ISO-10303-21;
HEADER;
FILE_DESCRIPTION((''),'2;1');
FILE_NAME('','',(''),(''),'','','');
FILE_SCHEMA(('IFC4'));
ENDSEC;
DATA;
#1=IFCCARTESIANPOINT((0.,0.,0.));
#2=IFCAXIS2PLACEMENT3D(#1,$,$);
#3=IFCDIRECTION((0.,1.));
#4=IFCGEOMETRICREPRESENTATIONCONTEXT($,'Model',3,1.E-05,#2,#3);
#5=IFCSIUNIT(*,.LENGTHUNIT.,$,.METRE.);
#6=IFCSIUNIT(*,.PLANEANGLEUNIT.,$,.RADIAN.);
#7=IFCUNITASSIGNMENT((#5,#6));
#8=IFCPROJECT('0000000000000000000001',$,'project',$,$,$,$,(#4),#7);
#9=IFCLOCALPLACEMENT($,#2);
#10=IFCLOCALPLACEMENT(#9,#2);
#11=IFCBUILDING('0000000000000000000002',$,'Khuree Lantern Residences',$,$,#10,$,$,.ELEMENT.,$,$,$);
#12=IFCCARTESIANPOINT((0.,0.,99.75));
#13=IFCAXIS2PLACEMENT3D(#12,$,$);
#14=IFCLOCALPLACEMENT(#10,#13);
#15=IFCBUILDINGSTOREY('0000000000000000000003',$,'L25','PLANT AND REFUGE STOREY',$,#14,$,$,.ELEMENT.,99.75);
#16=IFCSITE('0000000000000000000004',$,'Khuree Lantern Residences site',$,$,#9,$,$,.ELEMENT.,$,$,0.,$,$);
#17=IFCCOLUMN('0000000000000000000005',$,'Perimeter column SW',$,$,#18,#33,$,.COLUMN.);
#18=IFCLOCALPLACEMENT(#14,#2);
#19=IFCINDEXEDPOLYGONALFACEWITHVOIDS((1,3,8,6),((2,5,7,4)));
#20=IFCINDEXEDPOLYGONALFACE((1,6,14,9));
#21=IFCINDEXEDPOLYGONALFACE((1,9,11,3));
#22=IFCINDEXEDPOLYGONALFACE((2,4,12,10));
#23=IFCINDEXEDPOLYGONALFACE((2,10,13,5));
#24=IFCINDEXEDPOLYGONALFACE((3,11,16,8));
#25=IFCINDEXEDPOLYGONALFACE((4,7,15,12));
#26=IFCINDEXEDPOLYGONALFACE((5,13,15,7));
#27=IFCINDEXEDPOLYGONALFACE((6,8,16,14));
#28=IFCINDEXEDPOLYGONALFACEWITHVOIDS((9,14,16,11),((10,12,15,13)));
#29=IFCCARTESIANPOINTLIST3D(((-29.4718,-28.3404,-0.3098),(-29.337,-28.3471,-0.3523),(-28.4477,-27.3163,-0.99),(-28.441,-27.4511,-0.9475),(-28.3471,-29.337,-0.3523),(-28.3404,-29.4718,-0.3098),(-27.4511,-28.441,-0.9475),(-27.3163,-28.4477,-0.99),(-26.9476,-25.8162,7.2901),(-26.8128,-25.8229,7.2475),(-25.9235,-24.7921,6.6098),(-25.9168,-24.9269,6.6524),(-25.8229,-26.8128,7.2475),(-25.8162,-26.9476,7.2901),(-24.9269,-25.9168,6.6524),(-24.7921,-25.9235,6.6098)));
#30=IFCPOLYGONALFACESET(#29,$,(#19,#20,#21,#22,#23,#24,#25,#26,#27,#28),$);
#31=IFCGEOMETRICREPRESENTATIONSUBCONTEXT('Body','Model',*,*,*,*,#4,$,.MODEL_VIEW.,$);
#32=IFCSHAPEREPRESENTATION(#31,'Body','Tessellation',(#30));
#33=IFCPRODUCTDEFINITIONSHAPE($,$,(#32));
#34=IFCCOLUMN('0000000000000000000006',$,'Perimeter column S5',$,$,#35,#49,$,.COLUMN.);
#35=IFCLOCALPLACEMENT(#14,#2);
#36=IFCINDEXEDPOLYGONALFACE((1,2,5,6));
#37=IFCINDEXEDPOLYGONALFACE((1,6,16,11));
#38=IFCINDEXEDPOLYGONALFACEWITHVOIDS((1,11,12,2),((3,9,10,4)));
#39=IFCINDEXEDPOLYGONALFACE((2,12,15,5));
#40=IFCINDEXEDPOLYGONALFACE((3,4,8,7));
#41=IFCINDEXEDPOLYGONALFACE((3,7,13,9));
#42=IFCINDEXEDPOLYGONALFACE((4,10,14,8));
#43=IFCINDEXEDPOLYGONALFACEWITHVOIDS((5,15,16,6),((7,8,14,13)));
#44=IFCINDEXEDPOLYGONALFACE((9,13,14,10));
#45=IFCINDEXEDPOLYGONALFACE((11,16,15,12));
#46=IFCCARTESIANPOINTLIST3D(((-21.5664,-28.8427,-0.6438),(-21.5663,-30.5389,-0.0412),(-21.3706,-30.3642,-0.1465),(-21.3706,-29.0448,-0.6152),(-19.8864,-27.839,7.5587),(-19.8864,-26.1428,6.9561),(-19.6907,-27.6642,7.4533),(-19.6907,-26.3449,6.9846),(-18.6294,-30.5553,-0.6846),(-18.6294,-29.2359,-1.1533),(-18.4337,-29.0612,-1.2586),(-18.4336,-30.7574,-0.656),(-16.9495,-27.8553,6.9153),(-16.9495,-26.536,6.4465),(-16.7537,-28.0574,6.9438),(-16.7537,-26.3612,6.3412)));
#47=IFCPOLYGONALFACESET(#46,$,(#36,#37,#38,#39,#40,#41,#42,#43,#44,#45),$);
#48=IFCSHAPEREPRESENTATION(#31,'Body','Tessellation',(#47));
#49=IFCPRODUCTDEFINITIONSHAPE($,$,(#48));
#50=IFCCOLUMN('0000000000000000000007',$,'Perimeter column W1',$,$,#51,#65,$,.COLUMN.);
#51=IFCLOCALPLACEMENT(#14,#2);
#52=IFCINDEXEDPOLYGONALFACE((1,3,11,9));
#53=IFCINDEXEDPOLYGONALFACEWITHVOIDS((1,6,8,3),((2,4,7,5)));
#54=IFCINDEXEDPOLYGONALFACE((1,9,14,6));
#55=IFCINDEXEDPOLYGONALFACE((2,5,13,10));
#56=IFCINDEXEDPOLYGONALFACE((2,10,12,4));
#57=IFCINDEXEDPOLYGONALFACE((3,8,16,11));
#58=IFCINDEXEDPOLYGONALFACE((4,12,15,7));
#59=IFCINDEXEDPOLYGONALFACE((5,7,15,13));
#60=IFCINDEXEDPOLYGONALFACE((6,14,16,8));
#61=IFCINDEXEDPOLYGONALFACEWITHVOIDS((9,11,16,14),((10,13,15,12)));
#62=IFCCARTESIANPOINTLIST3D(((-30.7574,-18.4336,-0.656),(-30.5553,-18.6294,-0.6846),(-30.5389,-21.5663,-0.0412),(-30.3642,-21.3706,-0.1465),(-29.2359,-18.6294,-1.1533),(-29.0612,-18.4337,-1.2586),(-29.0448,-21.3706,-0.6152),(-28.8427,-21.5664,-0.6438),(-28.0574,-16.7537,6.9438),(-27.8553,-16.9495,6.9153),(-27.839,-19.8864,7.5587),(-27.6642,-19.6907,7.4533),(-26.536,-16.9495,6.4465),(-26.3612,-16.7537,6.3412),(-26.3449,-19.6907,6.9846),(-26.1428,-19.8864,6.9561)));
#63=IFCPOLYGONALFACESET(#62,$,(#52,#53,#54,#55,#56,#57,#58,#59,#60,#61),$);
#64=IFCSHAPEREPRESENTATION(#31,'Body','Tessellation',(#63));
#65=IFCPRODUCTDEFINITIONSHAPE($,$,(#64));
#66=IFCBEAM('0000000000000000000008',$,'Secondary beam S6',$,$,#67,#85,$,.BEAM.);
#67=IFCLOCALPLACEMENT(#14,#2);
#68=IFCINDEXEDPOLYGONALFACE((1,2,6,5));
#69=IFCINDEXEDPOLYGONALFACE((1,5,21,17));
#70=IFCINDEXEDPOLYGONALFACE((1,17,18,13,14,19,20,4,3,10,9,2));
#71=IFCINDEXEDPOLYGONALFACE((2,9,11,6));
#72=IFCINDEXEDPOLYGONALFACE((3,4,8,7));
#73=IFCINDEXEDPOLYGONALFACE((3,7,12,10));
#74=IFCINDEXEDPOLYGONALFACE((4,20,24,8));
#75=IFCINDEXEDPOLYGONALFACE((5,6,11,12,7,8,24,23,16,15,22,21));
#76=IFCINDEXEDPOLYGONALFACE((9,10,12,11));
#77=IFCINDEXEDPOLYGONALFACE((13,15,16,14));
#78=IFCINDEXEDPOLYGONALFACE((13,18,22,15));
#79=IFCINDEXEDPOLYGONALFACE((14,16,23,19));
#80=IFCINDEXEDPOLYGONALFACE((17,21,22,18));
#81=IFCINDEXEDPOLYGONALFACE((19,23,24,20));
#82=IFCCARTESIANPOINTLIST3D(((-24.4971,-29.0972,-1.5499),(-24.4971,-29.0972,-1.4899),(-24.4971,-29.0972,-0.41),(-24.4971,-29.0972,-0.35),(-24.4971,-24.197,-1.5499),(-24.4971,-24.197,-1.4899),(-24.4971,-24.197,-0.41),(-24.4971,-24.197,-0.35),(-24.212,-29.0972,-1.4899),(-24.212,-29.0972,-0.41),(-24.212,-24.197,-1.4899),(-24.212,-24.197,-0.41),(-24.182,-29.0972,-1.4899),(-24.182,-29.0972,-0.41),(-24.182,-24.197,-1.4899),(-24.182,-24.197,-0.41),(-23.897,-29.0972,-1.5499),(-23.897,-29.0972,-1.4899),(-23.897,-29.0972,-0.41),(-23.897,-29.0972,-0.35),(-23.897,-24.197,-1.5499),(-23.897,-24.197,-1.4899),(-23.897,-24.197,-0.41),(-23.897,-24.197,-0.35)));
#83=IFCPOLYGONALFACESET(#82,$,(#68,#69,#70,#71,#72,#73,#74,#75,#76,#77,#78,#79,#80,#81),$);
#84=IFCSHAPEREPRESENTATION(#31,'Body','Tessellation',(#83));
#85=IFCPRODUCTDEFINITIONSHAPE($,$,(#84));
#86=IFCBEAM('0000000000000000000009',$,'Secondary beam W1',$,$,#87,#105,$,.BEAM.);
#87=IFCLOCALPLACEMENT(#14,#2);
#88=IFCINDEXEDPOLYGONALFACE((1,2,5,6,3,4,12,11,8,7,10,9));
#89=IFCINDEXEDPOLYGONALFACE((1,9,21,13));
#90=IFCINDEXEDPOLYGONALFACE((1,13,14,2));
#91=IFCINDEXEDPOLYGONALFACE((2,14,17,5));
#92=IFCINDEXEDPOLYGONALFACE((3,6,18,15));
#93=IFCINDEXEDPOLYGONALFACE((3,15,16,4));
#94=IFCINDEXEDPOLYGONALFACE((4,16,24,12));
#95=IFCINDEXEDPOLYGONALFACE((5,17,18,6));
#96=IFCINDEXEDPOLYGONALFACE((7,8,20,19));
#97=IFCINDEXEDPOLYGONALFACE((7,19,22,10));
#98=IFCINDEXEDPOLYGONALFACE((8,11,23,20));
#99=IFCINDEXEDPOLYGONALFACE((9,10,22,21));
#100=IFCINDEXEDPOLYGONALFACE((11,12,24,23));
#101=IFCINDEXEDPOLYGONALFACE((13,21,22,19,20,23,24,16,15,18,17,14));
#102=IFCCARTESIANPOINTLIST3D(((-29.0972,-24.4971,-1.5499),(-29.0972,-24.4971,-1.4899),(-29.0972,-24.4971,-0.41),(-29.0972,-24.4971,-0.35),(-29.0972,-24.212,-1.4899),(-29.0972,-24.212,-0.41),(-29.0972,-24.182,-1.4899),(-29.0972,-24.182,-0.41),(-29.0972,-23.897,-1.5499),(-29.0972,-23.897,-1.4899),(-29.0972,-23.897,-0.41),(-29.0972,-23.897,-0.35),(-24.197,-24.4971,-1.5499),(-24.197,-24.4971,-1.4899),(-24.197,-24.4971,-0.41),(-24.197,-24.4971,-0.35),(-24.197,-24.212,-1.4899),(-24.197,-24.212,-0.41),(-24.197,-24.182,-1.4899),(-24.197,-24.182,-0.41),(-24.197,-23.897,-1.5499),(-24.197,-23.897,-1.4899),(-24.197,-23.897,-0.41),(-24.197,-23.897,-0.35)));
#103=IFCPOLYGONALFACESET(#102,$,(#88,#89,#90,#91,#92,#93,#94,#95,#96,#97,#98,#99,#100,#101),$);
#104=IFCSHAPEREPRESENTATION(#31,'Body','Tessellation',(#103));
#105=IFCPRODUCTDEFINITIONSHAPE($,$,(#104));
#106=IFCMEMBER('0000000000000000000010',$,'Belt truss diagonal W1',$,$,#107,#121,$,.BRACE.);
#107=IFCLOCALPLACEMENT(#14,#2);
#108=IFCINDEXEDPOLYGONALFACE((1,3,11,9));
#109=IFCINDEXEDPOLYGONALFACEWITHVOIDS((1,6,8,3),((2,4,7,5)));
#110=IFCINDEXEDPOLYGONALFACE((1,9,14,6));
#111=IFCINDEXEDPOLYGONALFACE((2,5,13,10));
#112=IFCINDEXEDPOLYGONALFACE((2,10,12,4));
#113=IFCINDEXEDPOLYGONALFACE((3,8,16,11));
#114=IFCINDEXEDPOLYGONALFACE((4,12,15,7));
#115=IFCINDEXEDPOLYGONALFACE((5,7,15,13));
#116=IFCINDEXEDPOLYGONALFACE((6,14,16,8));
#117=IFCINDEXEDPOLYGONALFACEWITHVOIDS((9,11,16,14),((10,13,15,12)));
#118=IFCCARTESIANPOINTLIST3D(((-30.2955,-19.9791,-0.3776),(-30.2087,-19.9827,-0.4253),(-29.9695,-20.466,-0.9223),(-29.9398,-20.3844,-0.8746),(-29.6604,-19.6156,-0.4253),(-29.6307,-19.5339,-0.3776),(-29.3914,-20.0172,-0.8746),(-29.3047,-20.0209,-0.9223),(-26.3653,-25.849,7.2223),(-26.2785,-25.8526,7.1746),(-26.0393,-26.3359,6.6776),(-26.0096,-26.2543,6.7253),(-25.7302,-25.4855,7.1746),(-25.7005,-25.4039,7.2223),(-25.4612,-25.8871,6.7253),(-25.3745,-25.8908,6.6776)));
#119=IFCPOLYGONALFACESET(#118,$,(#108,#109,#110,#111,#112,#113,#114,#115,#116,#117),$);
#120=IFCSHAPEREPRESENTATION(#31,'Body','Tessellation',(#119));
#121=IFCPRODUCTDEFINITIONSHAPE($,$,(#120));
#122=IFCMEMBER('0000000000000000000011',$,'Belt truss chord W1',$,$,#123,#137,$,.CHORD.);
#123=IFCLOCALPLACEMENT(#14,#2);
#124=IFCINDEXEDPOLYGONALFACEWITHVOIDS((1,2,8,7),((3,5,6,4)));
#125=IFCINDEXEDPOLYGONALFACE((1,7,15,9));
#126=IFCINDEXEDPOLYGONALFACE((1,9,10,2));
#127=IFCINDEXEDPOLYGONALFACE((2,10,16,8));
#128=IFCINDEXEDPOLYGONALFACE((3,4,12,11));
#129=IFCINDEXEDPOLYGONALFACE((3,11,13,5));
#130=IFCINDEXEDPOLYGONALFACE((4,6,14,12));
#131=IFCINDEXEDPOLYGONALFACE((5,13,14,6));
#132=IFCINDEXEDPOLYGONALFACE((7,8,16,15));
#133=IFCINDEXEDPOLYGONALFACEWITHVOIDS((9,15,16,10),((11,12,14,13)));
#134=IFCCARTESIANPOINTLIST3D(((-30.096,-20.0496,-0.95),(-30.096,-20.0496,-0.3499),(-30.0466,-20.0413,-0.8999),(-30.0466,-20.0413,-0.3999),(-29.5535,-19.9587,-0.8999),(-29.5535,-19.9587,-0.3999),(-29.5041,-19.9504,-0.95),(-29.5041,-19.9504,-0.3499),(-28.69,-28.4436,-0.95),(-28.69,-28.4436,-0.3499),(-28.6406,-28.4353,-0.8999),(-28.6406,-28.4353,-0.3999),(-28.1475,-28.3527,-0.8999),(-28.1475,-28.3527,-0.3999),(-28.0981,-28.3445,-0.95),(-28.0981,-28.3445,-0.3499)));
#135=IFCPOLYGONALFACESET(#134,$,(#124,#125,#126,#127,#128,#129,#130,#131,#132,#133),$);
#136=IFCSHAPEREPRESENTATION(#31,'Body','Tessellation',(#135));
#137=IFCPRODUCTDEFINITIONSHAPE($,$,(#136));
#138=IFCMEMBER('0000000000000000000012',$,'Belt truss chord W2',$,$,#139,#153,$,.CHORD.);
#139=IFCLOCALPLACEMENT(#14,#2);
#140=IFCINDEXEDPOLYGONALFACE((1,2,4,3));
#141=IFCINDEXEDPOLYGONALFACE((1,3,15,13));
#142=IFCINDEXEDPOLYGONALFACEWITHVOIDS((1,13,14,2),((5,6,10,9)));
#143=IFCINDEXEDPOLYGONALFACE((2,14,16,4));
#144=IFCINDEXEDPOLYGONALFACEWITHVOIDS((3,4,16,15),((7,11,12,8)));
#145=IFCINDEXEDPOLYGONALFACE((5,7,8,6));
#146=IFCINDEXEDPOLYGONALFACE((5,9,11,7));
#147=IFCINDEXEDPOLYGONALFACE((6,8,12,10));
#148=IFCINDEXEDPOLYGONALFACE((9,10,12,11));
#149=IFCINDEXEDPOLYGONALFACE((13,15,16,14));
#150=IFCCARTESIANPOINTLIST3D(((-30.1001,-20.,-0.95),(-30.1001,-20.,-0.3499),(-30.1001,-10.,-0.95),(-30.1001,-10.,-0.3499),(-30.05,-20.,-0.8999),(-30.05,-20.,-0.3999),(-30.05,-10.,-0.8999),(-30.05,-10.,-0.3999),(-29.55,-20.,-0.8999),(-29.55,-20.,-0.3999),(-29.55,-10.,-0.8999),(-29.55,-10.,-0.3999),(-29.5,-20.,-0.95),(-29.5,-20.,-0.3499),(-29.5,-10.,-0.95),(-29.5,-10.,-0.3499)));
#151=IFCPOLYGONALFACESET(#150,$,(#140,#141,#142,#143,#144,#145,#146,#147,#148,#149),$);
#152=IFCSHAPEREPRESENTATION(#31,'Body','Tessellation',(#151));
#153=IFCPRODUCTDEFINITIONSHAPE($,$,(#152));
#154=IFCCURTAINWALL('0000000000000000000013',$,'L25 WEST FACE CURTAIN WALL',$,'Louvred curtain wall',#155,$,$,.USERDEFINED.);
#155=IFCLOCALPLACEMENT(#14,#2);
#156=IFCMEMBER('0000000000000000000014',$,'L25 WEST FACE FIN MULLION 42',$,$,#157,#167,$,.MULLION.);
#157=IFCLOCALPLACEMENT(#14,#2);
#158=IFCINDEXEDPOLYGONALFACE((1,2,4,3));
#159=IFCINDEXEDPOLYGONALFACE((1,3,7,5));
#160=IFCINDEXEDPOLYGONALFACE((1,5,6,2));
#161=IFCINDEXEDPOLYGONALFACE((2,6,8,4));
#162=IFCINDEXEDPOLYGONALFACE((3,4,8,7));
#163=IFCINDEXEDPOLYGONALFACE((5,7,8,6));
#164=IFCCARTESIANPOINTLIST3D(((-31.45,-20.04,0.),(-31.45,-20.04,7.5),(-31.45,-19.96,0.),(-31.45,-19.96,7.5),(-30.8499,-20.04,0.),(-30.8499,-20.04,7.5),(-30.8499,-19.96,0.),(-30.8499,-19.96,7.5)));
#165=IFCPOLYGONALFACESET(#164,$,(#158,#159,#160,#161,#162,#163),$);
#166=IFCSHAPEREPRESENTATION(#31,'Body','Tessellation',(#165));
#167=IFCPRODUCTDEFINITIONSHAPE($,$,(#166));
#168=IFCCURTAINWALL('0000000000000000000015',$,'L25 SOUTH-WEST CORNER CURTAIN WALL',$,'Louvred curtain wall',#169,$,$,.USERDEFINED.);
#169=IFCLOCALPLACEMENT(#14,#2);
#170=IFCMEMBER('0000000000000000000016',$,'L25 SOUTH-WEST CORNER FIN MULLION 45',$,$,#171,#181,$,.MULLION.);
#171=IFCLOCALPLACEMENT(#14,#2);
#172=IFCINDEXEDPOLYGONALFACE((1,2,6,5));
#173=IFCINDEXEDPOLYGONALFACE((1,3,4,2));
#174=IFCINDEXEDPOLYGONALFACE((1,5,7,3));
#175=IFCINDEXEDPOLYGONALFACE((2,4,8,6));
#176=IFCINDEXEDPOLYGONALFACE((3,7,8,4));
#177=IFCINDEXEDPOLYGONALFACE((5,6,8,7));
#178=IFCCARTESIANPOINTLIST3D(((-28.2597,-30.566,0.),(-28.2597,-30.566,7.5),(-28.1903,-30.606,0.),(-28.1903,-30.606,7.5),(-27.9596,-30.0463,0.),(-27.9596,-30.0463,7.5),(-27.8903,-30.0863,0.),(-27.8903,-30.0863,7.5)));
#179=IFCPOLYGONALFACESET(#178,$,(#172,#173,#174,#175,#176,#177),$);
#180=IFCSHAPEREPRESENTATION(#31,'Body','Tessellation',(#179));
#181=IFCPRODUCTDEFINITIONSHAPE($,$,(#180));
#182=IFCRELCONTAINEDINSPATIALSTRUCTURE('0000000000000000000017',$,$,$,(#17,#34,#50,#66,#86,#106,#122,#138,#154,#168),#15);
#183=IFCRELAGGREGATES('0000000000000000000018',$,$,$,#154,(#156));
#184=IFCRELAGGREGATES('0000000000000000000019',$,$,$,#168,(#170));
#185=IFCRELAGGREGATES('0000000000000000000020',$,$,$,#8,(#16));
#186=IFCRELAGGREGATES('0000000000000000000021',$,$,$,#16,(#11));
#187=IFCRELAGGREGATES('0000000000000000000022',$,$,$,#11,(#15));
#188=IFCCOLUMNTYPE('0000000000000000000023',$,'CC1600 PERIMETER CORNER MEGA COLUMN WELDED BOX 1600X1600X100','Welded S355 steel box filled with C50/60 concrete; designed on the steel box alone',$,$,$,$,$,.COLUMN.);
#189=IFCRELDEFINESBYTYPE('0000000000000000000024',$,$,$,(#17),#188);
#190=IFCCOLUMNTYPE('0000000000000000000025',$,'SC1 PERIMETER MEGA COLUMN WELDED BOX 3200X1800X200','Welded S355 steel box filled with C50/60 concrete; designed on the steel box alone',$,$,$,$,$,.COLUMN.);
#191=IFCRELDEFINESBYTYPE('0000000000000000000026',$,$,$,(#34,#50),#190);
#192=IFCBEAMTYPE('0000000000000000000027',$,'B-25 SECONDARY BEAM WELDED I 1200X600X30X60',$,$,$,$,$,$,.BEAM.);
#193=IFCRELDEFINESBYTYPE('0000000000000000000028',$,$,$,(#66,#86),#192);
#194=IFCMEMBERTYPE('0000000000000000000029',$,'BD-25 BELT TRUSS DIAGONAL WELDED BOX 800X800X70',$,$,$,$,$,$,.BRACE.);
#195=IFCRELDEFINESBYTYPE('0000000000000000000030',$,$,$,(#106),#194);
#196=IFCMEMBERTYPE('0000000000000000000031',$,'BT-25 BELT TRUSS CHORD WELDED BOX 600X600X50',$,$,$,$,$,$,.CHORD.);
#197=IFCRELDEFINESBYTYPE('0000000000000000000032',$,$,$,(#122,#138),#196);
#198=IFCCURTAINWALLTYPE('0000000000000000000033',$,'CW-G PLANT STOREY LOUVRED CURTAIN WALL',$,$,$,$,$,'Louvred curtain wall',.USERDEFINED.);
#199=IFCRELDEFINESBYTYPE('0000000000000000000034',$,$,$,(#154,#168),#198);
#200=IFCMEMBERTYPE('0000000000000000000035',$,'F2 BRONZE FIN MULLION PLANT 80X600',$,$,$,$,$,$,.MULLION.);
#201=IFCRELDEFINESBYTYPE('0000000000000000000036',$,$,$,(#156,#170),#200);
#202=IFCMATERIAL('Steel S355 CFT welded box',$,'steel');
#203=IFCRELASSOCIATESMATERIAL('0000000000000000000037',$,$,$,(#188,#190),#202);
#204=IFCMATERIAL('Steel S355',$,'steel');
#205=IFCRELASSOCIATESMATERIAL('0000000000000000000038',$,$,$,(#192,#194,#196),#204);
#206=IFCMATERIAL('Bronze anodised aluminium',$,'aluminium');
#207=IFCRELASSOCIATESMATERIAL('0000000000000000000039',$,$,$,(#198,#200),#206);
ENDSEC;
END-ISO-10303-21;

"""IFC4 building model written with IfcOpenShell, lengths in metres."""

from ifc_helpers import new_model, si_unit, direction, frame, origin, origin_2d, place, context, subcontext, project, spatial, rectangle, hollow_rectangle, i_section, extrude, material, material_profile, profile_set, type_object, element, aggregate, save


model = new_model("IFC4")

# Units and contexts
model_context = context("Model", 3, precision=1e-05, world=origin(), true_north=direction((0.0, 1.0)))
body_context = subcontext(model_context, "Body", "Model", "MODEL_VIEW")
ifc_project = project(units=[si_unit("LENGTHUNIT", "METRE"), si_unit("PLANEANGLEUNIT", "RADIAN")], contexts=[model_context])

# Site, building, storey
site_placement = place(None, origin())
site = spatial("IfcSite", under=ifc_project, at=site_placement, Name="Khuree Lantern Residences site", CompositionType="ELEMENT", RefElevation=0.0)
building_placement = place(site_placement, origin())
building = spatial("IfcBuilding", under=site, at=building_placement, Name="Khuree Lantern Residences", CompositionType="ELEMENT")
storey_placement = place(building_placement, frame((0.0, 0.0, 99.75)))
storey = spatial("IfcBuildingStorey", under=building, at=storey_placement, Name="L25", Description="PLANT AND REFUGE STOREY", CompositionType="ELEMENT", Elevation=99.75)

# Columns
ifc_material_1 = material(Name="Steel S355 CFT welded box", Category="steel")
ifc_material_profile_1 = material_profile(ifc_material_1, hollow_rectangle(XDim=1.6001, YDim=1.6001, WallThickness=0.1001, at=origin_2d()), Name="WELDED BOX 1600X1600X100")
ifc_profile_set_1 = profile_set([ifc_material_profile_1], Name="Steel S355 CFT welded box")
column_type_1 = type_object("IfcColumnType", Name="CC1600 PERIMETER CORNER MEGA COLUMN WELDED BOX 1600X1600X100", Description="Welded S355 steel box filled with C50/60 concrete; designed on the steel box alone", PredefinedType="COLUMN", material=ifc_profile_set_1)
column_placement = place(storey_placement, frame((-28.394, -28.394, -0.6499), z_axis=(0.300623, 0.300623, 0.905125), x_axis=(0.707107, -0.707107, 0.0)))
element("IfcColumn", 1, at=column_placement, inside=storey, type_object=column_type_1, Name="Perimeter column SW", PredefinedType="COLUMN", context=body_context, shape_type="SweptSolid", body=[
    extrude(hollow_rectangle(XDim=1.6001, YDim=1.6001, WallThickness=0.1001, at=origin_2d()), origin(), (0.0, 0.0, 1.0), 8.3965),
])
ifc_material_profile_2 = material_profile(ifc_material_1, hollow_rectangle(XDim=3.2, YDim=1.8, WallThickness=0.2, at=origin_2d()), Name="WELDED BOX 3200X1800X200")
ifc_profile_set_2 = profile_set([ifc_material_profile_2], Name="Steel S355 CFT welded box")
column_type_2 = type_object("IfcColumnType", Name="SC1 PERIMETER MEGA COLUMN WELDED BOX 3200X1800X200", Description="Welded S355 steel box filled with C50/60 concrete; designed on the steel box alone", PredefinedType="COLUMN", material=ifc_profile_set_2)
for number, where, z_axis, x_axis, name in (
    (2, (-20.0, -29.8, -0.6499), (0.203917, 0.327731, 0.922502), (0.978988, -0.068256, -0.192155), "Perimeter column S5"),
    (3, (-29.8, -20.0, -0.6499), (0.327731, 0.203917, 0.922502), (-0.068256, 0.978988, -0.192155), "Perimeter column W1"),
):
    element("IfcColumn", number, at=place(storey_placement, frame(where, z_axis=z_axis, x_axis=x_axis)), inside=storey, type_object=column_type_2, Name=name, PredefinedType="COLUMN", context=body_context, shape_type="SweptSolid", body=[
        extrude(hollow_rectangle(XDim=3.2, YDim=1.8, WallThickness=0.2, at=origin_2d()), origin(), (0.0, 0.0, 1.0), 8.2383),
    ])

# Beams
ifc_material_2 = material(Name="Steel S355", Category="steel")
ifc_material_profile_3 = material_profile(ifc_material_2, i_section(OverallWidth=0.6001, OverallDepth=1.2, WebThickness=0.03, FlangeThickness=0.0601, at=origin_2d()), Name="WELDED I 1200X600X30X60")
ifc_profile_set_3 = profile_set([ifc_material_profile_3], Name="Steel S355")
beam_type_1 = type_object("IfcBeamType", Name="B-25 SECONDARY BEAM WELDED I 1200X600X30X60", PredefinedType="BEAM", material=ifc_profile_set_3)
for number, where, z_axis, x_axis, name in (
    (4, (-24.197, -29.0972, -0.95), (0.0, 1.0, 0.0), (-1.0, 0.0, 0.0), "Secondary beam S6"),
    (5, (-29.0972, -24.197, -0.95), (1.0, 0.0, 0.0), (0.0, 1.0, 0.0), "Secondary beam W1"),
):
    element("IfcBeam", number, at=place(storey_placement, frame(where, z_axis=z_axis, x_axis=x_axis)), inside=storey, type_object=beam_type_1, Name=name, PredefinedType="BEAM", context=body_context, shape_type="SweptSolid", body=[
        extrude(i_section(OverallWidth=0.6001, OverallDepth=1.2, WebThickness=0.03, FlangeThickness=0.0601, at=origin_2d()), origin(), (0.0, 0.0, 1.0), 4.9001),
    ])

# Members
ifc_material_profile_4 = material_profile(ifc_material_2, hollow_rectangle(XDim=0.8, YDim=0.8, WallThickness=0.0701, at=origin_2d()), Name="WELDED BOX 800X800X70")
ifc_profile_set_4 = profile_set([ifc_material_profile_4], Name="Steel S355")
member_type_1 = type_object("IfcMemberType", Name="BD-25 BELT TRUSS DIAGONAL WELDED BOX 800X800X70", PredefinedType="BRACE", material=ifc_profile_set_4)
member_1_placement = place(storey_placement, frame((-25.8699, -25.8699, 6.95), z_axis=(-0.378779, 0.565721, -0.732452), x_axis=(-0.830943, -0.556358, 0.0)))
element("IfcMember", 6, at=member_1_placement, inside=storey, type_object=member_type_1, Name="Belt truss diagonal W1", PredefinedType="BRACE", context=body_context, shape_type="SweptSolid", body=[
    extrude(hollow_rectangle(XDim=0.8, YDim=0.8, WallThickness=0.0701, at=origin_2d()), origin(), (0.0, 0.0, 1.0), 10.376),
])
ifc_material_profile_5 = material_profile(ifc_material_2, hollow_rectangle(XDim=0.6001, YDim=0.6001, WallThickness=0.05, at=origin_2d()), Name="WELDED BOX 600X600X50")
ifc_profile_set_5 = profile_set([ifc_material_profile_5], Name="Steel S355")
member_type_2 = type_object("IfcMemberType", Name="BT-25 BELT TRUSS CHORD WELDED BOX 600X600X50", PredefinedType="CHORD", material=ifc_profile_set_5)
member_2_placement = place(storey_placement, frame((-28.394, -28.394, -0.6499), z_axis=(-0.165199, 0.98626, 0.0), x_axis=(-0.98626, -0.165199, 0.0)))
element("IfcMember", 7, at=member_2_placement, inside=storey, type_object=member_type_2, Name="Belt truss chord W1", PredefinedType="CHORD", context=body_context, shape_type="SweptSolid", body=[
    extrude(hollow_rectangle(XDim=0.6001, YDim=0.6001, WallThickness=0.05, at=origin_2d()), origin(), (0.0, 0.0, 1.0), 8.511),
])
member_3_placement = place(storey_placement, frame((-29.8, -20.0, -0.6499), z_axis=(0.0, 1.0, 0.0), x_axis=(-1.0, 0.0, 0.0)))
element("IfcMember", 8, at=member_3_placement, inside=storey, type_object=member_type_2, Name="Belt truss chord W2", PredefinedType="CHORD", context=body_context, shape_type="SweptSolid", body=[
    extrude(hollow_rectangle(XDim=0.6001, YDim=0.6001, WallThickness=0.05, at=origin_2d()), origin(), (0.0, 0.0, 1.0), 10.0),
])

# Curtain walls, members
ifc_material_3 = material(Name="Bronze anodised aluminium", Category="aluminium")
curtain_wall_type = type_object("IfcCurtainWallType", Name="CW-G PLANT STOREY LOUVRED CURTAIN WALL", ElementType="Louvred curtain wall", PredefinedType="USERDEFINED", material=ifc_material_3)
curtain_wall_1_placement = place(storey_placement, origin())
curtain_wall_1 = element("IfcCurtainWall", 9, at=curtain_wall_1_placement, inside=storey, type_object=curtain_wall_type, Name="L25 WEST FACE CURTAIN WALL", ObjectType="Louvred curtain wall", PredefinedType="USERDEFINED")
ifc_material_profile_6 = material_profile(ifc_material_3, rectangle(XDim=0.0801, YDim=0.6001, at=origin_2d()), Name="F2 80X600")
ifc_profile_set_6 = profile_set([ifc_material_profile_6], Name="Bronze anodised aluminium")
member_type_3 = type_object("IfcMemberType", Name="F2 BRONZE FIN MULLION PLANT 80X600", PredefinedType="MULLION", material=ifc_profile_set_6)
member_4_placement = place(storey_placement, frame((-31.1499, -20.0, 0.0), z_axis=(0.0, 0.0, 1.0), x_axis=(0.0, -1.0, 0.0)))
member_4 = element("IfcMember", 10, at=member_4_placement, type_object=member_type_3, Name="L25 WEST FACE FIN MULLION 42", PredefinedType="MULLION", context=body_context, shape_type="SweptSolid", body=[
    extrude(rectangle(XDim=0.0801, YDim=0.6001, at=origin_2d()), origin(), (0.0, 0.0, 1.0), 7.5),
])
curtain_wall_2_placement = place(storey_placement, origin())
curtain_wall_2 = element("IfcCurtainWall", 11, at=curtain_wall_2_placement, inside=storey, type_object=curtain_wall_type, Name="L25 SOUTH-WEST CORNER CURTAIN WALL", ObjectType="Louvred curtain wall", PredefinedType="USERDEFINED")
member_5_placement = place(storey_placement, frame((-28.075, -30.3262, 0.0), z_axis=(0.0, 0.0, 1.0), x_axis=(0.866025, -0.5, 0.0)))
member_5 = element("IfcMember", 12, at=member_5_placement, type_object=member_type_3, Name="L25 SOUTH-WEST CORNER FIN MULLION 45", PredefinedType="MULLION", context=body_context, shape_type="SweptSolid", body=[
    extrude(rectangle(XDim=0.0801, YDim=0.6001, at=origin_2d()), origin(), (0.0, 0.0, 1.0), 7.5),
])

aggregate(curtain_wall_1, [member_4])
aggregate(curtain_wall_2, [member_5])

save(model, "model.ifc")
